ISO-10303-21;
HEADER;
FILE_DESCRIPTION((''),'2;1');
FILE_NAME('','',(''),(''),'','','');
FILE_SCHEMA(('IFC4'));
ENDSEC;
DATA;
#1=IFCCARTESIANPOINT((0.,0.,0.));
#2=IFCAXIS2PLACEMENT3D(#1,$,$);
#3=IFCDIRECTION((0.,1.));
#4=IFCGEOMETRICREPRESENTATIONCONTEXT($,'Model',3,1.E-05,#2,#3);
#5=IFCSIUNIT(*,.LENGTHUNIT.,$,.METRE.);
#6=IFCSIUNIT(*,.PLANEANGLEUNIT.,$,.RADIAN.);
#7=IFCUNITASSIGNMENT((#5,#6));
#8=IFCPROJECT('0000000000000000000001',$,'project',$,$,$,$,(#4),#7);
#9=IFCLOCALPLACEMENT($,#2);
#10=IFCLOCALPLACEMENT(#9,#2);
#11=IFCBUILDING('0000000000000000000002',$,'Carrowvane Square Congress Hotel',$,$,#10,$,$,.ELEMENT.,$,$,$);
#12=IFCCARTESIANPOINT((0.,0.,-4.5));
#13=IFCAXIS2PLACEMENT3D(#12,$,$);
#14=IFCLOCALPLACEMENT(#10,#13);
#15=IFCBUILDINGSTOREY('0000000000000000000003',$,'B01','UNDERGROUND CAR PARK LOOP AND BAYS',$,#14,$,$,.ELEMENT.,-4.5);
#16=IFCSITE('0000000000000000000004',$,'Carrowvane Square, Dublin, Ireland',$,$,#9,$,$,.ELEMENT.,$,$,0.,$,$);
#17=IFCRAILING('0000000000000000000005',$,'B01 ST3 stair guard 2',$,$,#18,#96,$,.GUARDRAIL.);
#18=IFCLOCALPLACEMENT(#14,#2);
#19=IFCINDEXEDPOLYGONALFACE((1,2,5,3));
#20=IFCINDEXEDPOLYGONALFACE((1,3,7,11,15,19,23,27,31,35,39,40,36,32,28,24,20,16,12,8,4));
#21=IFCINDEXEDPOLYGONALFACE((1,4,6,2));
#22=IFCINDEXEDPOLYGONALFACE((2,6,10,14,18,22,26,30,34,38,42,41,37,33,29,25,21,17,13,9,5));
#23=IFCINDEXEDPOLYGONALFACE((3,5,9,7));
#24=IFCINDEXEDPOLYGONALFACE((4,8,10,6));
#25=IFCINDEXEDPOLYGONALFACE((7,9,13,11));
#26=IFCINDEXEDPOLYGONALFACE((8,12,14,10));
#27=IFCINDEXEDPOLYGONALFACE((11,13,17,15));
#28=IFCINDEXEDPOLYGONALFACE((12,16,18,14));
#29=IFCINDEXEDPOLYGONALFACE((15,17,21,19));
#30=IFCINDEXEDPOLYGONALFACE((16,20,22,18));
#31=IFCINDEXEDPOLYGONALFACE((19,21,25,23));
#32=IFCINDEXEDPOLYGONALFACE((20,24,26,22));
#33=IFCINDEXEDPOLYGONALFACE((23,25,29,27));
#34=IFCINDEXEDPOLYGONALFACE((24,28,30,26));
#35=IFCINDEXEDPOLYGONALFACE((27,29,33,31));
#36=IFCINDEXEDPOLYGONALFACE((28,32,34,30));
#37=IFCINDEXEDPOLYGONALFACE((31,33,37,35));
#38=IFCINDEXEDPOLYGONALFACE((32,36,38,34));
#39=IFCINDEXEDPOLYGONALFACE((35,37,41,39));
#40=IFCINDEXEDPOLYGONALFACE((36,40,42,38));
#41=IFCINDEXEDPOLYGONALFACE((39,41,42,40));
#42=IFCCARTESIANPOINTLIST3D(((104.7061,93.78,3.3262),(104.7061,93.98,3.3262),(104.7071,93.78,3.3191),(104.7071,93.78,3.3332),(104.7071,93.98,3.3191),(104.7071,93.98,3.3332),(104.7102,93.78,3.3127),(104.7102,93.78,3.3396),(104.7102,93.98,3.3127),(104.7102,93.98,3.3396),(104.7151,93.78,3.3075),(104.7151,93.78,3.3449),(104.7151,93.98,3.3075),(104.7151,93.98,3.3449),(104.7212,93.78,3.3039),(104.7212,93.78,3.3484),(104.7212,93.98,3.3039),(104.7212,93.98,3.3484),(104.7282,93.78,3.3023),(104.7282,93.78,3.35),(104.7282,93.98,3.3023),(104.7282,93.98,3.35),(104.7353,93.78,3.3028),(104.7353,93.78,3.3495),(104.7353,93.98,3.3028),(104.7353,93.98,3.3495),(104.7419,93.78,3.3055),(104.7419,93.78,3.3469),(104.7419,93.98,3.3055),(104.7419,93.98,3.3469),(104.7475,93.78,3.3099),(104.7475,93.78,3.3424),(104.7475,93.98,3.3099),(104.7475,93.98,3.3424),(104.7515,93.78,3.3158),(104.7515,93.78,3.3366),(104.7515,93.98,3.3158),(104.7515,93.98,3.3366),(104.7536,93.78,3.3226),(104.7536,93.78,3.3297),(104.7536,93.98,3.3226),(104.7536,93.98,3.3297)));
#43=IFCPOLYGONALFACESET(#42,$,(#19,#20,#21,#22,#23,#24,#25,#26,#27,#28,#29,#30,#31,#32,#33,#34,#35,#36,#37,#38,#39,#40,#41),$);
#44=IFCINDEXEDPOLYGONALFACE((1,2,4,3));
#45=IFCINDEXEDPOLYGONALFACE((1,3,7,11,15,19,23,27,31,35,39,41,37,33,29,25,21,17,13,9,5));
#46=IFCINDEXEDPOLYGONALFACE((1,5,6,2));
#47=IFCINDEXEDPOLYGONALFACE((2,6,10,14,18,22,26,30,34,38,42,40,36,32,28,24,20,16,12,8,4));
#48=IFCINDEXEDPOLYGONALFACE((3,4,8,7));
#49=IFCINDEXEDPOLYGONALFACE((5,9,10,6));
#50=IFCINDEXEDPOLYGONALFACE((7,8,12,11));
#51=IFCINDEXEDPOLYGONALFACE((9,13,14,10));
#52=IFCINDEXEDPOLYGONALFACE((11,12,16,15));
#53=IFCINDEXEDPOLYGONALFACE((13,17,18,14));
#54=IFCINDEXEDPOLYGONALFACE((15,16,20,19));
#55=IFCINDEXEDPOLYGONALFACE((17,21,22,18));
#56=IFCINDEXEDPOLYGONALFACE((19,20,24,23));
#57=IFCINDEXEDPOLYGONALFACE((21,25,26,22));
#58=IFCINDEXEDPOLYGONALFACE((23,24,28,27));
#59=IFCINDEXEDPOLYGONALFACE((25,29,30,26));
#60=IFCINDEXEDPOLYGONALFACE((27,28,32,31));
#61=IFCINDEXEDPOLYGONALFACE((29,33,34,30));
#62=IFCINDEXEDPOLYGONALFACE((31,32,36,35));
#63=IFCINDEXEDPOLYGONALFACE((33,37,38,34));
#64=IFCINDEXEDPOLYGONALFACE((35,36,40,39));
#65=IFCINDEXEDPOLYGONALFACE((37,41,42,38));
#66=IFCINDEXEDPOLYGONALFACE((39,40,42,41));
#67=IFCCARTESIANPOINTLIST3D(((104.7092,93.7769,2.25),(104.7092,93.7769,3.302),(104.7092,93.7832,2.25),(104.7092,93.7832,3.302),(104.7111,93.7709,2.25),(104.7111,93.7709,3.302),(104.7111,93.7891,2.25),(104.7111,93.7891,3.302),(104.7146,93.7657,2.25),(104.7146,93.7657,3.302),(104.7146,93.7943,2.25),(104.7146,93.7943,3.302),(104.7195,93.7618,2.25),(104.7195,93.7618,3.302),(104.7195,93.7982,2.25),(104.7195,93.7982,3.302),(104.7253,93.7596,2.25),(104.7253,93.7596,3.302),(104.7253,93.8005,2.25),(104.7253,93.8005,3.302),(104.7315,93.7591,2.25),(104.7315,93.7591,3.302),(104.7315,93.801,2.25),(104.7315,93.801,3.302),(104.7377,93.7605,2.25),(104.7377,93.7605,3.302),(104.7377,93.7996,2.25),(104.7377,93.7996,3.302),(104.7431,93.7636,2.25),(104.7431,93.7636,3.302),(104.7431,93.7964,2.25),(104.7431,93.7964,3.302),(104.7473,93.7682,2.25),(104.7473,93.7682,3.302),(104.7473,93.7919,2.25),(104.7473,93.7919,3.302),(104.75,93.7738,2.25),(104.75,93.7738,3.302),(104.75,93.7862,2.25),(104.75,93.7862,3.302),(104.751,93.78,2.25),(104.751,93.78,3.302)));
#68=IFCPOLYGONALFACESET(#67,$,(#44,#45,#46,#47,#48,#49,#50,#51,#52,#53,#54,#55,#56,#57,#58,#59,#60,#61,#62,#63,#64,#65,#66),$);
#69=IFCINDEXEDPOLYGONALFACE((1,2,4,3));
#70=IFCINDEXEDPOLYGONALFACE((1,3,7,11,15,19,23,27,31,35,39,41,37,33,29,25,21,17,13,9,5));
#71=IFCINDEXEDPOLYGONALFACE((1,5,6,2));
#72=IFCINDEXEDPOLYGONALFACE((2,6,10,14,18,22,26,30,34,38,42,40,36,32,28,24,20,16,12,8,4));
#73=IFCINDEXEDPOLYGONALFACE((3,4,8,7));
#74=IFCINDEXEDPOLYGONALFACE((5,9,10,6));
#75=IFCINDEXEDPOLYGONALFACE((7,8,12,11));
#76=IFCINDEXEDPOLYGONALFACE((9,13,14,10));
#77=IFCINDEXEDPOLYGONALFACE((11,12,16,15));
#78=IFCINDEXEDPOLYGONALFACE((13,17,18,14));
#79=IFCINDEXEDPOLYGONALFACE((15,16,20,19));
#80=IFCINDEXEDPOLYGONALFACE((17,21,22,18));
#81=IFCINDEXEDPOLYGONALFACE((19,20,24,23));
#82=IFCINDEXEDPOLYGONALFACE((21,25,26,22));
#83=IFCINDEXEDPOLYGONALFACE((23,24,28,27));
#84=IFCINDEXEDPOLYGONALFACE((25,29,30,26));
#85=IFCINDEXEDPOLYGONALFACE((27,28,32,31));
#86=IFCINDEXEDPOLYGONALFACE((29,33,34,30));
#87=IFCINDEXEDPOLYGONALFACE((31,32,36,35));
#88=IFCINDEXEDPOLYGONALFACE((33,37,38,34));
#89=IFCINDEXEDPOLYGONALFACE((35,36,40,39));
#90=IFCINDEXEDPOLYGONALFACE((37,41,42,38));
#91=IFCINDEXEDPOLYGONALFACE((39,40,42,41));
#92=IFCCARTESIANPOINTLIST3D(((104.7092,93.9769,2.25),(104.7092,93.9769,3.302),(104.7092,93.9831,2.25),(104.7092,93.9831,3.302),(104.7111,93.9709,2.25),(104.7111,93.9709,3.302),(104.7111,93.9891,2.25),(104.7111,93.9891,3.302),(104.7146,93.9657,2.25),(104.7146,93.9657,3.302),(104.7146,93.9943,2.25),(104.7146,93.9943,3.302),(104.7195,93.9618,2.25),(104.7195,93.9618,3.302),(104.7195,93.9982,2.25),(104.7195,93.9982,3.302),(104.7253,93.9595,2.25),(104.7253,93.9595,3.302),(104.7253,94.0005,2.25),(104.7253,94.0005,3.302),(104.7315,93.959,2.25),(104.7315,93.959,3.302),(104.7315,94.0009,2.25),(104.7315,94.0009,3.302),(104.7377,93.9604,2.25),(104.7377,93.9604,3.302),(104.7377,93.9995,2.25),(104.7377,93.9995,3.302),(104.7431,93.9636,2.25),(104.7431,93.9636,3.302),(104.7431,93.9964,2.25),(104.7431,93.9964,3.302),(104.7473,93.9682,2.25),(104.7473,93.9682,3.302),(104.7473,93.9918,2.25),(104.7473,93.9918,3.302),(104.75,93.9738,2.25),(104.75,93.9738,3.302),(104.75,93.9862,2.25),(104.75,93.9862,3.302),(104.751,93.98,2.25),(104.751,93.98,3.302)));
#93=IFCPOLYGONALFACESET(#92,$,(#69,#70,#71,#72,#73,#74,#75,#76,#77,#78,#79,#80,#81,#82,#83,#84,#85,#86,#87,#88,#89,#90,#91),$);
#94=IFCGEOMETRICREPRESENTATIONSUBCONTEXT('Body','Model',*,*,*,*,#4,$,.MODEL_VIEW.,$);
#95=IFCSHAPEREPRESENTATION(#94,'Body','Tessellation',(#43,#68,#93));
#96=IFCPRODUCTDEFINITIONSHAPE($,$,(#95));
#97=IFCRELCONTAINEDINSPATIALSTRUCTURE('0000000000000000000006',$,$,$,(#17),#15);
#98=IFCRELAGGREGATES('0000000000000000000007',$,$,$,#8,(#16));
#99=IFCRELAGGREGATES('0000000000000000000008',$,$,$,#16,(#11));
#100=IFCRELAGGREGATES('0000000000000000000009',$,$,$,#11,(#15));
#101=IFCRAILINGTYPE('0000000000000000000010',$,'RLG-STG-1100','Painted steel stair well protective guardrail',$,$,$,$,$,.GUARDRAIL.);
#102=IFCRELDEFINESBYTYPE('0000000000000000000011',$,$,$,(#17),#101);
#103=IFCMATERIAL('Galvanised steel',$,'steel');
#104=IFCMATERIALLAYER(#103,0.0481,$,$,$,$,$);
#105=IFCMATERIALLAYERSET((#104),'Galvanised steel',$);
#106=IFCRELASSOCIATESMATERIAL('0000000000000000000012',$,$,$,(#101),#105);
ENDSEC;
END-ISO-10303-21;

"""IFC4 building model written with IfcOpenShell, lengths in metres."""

from ifc_helpers import new_model, si_unit, direction, frame, origin, origin_2d, place, context, subcontext, project, spatial, circle, extrude, material, layer, layer_set, type_object, element, save


model = new_model("IFC4")

# Units and contexts
model_context = context("Model", 3, precision=1e-05, world=origin(), true_north=direction((0.0, 1.0)))
body_context = subcontext(model_context, "Body", "Model", "MODEL_VIEW")
ifc_project = project(units=[si_unit("LENGTHUNIT", "METRE"), si_unit("PLANEANGLEUNIT", "RADIAN")], contexts=[model_context])

# Site, building, storey
site_placement = place(None, origin())
site = spatial("IfcSite", under=ifc_project, at=site_placement, Name="Carrowvane Square, Dublin, Ireland", CompositionType="ELEMENT", RefElevation=0.0)
building_placement = place(site_placement, origin())
building = spatial("IfcBuilding", under=site, at=building_placement, Name="Carrowvane Square Congress Hotel", CompositionType="ELEMENT")
storey_placement = place(building_placement, frame((0.0, 0.0, -4.5)))
storey = spatial("IfcBuildingStorey", under=building, at=storey_placement, Name="B01", Description="UNDERGROUND CAR PARK LOOP AND BAYS", CompositionType="ELEMENT", Elevation=-4.5)

# Railing
ifc_material_1 = material(Name="Galvanised steel", Category="steel")
ifc_layer_1 = layer(ifc_material_1, 0.0481)
ifc_layer_set_1 = layer_set([ifc_layer_1], Name="Galvanised steel")
railing_type_1 = type_object("IfcRailingType", Name="RLG-STG-1100", Description="Painted steel stair well protective guardrail", PredefinedType="GUARDRAIL", material=ifc_layer_set_1)
railing_1_placement = place(storey_placement, frame((104.73, 93.78, 2.25)))
element("IfcRailing", 1, at=railing_1_placement, inside=storey, type_object=railing_type_1, Name="B01 ST3 stair guard 2", PredefinedType="GUARDRAIL", context=body_context, shape_type="SweptSolid", body=[
    extrude(circle(Radius=0.0239, at=origin_2d()), frame((0.0, 0.0, 1.0762), z_axis=(0.0, 1.0, 0.0), x_axis=(-1.0, 0.0, 0.0)), (0.0, 0.0, 1.0), 0.2),
    extrude(circle(Radius=0.021, at=origin_2d()), origin(), (0.0, 0.0, 1.0), 1.052),
    extrude(circle(Radius=0.021, at=origin_2d()), frame((0.0, 0.2, 0.0)), (0.0, 0.0, 1.0), 1.052),
])

save(model, "model.ifc")
